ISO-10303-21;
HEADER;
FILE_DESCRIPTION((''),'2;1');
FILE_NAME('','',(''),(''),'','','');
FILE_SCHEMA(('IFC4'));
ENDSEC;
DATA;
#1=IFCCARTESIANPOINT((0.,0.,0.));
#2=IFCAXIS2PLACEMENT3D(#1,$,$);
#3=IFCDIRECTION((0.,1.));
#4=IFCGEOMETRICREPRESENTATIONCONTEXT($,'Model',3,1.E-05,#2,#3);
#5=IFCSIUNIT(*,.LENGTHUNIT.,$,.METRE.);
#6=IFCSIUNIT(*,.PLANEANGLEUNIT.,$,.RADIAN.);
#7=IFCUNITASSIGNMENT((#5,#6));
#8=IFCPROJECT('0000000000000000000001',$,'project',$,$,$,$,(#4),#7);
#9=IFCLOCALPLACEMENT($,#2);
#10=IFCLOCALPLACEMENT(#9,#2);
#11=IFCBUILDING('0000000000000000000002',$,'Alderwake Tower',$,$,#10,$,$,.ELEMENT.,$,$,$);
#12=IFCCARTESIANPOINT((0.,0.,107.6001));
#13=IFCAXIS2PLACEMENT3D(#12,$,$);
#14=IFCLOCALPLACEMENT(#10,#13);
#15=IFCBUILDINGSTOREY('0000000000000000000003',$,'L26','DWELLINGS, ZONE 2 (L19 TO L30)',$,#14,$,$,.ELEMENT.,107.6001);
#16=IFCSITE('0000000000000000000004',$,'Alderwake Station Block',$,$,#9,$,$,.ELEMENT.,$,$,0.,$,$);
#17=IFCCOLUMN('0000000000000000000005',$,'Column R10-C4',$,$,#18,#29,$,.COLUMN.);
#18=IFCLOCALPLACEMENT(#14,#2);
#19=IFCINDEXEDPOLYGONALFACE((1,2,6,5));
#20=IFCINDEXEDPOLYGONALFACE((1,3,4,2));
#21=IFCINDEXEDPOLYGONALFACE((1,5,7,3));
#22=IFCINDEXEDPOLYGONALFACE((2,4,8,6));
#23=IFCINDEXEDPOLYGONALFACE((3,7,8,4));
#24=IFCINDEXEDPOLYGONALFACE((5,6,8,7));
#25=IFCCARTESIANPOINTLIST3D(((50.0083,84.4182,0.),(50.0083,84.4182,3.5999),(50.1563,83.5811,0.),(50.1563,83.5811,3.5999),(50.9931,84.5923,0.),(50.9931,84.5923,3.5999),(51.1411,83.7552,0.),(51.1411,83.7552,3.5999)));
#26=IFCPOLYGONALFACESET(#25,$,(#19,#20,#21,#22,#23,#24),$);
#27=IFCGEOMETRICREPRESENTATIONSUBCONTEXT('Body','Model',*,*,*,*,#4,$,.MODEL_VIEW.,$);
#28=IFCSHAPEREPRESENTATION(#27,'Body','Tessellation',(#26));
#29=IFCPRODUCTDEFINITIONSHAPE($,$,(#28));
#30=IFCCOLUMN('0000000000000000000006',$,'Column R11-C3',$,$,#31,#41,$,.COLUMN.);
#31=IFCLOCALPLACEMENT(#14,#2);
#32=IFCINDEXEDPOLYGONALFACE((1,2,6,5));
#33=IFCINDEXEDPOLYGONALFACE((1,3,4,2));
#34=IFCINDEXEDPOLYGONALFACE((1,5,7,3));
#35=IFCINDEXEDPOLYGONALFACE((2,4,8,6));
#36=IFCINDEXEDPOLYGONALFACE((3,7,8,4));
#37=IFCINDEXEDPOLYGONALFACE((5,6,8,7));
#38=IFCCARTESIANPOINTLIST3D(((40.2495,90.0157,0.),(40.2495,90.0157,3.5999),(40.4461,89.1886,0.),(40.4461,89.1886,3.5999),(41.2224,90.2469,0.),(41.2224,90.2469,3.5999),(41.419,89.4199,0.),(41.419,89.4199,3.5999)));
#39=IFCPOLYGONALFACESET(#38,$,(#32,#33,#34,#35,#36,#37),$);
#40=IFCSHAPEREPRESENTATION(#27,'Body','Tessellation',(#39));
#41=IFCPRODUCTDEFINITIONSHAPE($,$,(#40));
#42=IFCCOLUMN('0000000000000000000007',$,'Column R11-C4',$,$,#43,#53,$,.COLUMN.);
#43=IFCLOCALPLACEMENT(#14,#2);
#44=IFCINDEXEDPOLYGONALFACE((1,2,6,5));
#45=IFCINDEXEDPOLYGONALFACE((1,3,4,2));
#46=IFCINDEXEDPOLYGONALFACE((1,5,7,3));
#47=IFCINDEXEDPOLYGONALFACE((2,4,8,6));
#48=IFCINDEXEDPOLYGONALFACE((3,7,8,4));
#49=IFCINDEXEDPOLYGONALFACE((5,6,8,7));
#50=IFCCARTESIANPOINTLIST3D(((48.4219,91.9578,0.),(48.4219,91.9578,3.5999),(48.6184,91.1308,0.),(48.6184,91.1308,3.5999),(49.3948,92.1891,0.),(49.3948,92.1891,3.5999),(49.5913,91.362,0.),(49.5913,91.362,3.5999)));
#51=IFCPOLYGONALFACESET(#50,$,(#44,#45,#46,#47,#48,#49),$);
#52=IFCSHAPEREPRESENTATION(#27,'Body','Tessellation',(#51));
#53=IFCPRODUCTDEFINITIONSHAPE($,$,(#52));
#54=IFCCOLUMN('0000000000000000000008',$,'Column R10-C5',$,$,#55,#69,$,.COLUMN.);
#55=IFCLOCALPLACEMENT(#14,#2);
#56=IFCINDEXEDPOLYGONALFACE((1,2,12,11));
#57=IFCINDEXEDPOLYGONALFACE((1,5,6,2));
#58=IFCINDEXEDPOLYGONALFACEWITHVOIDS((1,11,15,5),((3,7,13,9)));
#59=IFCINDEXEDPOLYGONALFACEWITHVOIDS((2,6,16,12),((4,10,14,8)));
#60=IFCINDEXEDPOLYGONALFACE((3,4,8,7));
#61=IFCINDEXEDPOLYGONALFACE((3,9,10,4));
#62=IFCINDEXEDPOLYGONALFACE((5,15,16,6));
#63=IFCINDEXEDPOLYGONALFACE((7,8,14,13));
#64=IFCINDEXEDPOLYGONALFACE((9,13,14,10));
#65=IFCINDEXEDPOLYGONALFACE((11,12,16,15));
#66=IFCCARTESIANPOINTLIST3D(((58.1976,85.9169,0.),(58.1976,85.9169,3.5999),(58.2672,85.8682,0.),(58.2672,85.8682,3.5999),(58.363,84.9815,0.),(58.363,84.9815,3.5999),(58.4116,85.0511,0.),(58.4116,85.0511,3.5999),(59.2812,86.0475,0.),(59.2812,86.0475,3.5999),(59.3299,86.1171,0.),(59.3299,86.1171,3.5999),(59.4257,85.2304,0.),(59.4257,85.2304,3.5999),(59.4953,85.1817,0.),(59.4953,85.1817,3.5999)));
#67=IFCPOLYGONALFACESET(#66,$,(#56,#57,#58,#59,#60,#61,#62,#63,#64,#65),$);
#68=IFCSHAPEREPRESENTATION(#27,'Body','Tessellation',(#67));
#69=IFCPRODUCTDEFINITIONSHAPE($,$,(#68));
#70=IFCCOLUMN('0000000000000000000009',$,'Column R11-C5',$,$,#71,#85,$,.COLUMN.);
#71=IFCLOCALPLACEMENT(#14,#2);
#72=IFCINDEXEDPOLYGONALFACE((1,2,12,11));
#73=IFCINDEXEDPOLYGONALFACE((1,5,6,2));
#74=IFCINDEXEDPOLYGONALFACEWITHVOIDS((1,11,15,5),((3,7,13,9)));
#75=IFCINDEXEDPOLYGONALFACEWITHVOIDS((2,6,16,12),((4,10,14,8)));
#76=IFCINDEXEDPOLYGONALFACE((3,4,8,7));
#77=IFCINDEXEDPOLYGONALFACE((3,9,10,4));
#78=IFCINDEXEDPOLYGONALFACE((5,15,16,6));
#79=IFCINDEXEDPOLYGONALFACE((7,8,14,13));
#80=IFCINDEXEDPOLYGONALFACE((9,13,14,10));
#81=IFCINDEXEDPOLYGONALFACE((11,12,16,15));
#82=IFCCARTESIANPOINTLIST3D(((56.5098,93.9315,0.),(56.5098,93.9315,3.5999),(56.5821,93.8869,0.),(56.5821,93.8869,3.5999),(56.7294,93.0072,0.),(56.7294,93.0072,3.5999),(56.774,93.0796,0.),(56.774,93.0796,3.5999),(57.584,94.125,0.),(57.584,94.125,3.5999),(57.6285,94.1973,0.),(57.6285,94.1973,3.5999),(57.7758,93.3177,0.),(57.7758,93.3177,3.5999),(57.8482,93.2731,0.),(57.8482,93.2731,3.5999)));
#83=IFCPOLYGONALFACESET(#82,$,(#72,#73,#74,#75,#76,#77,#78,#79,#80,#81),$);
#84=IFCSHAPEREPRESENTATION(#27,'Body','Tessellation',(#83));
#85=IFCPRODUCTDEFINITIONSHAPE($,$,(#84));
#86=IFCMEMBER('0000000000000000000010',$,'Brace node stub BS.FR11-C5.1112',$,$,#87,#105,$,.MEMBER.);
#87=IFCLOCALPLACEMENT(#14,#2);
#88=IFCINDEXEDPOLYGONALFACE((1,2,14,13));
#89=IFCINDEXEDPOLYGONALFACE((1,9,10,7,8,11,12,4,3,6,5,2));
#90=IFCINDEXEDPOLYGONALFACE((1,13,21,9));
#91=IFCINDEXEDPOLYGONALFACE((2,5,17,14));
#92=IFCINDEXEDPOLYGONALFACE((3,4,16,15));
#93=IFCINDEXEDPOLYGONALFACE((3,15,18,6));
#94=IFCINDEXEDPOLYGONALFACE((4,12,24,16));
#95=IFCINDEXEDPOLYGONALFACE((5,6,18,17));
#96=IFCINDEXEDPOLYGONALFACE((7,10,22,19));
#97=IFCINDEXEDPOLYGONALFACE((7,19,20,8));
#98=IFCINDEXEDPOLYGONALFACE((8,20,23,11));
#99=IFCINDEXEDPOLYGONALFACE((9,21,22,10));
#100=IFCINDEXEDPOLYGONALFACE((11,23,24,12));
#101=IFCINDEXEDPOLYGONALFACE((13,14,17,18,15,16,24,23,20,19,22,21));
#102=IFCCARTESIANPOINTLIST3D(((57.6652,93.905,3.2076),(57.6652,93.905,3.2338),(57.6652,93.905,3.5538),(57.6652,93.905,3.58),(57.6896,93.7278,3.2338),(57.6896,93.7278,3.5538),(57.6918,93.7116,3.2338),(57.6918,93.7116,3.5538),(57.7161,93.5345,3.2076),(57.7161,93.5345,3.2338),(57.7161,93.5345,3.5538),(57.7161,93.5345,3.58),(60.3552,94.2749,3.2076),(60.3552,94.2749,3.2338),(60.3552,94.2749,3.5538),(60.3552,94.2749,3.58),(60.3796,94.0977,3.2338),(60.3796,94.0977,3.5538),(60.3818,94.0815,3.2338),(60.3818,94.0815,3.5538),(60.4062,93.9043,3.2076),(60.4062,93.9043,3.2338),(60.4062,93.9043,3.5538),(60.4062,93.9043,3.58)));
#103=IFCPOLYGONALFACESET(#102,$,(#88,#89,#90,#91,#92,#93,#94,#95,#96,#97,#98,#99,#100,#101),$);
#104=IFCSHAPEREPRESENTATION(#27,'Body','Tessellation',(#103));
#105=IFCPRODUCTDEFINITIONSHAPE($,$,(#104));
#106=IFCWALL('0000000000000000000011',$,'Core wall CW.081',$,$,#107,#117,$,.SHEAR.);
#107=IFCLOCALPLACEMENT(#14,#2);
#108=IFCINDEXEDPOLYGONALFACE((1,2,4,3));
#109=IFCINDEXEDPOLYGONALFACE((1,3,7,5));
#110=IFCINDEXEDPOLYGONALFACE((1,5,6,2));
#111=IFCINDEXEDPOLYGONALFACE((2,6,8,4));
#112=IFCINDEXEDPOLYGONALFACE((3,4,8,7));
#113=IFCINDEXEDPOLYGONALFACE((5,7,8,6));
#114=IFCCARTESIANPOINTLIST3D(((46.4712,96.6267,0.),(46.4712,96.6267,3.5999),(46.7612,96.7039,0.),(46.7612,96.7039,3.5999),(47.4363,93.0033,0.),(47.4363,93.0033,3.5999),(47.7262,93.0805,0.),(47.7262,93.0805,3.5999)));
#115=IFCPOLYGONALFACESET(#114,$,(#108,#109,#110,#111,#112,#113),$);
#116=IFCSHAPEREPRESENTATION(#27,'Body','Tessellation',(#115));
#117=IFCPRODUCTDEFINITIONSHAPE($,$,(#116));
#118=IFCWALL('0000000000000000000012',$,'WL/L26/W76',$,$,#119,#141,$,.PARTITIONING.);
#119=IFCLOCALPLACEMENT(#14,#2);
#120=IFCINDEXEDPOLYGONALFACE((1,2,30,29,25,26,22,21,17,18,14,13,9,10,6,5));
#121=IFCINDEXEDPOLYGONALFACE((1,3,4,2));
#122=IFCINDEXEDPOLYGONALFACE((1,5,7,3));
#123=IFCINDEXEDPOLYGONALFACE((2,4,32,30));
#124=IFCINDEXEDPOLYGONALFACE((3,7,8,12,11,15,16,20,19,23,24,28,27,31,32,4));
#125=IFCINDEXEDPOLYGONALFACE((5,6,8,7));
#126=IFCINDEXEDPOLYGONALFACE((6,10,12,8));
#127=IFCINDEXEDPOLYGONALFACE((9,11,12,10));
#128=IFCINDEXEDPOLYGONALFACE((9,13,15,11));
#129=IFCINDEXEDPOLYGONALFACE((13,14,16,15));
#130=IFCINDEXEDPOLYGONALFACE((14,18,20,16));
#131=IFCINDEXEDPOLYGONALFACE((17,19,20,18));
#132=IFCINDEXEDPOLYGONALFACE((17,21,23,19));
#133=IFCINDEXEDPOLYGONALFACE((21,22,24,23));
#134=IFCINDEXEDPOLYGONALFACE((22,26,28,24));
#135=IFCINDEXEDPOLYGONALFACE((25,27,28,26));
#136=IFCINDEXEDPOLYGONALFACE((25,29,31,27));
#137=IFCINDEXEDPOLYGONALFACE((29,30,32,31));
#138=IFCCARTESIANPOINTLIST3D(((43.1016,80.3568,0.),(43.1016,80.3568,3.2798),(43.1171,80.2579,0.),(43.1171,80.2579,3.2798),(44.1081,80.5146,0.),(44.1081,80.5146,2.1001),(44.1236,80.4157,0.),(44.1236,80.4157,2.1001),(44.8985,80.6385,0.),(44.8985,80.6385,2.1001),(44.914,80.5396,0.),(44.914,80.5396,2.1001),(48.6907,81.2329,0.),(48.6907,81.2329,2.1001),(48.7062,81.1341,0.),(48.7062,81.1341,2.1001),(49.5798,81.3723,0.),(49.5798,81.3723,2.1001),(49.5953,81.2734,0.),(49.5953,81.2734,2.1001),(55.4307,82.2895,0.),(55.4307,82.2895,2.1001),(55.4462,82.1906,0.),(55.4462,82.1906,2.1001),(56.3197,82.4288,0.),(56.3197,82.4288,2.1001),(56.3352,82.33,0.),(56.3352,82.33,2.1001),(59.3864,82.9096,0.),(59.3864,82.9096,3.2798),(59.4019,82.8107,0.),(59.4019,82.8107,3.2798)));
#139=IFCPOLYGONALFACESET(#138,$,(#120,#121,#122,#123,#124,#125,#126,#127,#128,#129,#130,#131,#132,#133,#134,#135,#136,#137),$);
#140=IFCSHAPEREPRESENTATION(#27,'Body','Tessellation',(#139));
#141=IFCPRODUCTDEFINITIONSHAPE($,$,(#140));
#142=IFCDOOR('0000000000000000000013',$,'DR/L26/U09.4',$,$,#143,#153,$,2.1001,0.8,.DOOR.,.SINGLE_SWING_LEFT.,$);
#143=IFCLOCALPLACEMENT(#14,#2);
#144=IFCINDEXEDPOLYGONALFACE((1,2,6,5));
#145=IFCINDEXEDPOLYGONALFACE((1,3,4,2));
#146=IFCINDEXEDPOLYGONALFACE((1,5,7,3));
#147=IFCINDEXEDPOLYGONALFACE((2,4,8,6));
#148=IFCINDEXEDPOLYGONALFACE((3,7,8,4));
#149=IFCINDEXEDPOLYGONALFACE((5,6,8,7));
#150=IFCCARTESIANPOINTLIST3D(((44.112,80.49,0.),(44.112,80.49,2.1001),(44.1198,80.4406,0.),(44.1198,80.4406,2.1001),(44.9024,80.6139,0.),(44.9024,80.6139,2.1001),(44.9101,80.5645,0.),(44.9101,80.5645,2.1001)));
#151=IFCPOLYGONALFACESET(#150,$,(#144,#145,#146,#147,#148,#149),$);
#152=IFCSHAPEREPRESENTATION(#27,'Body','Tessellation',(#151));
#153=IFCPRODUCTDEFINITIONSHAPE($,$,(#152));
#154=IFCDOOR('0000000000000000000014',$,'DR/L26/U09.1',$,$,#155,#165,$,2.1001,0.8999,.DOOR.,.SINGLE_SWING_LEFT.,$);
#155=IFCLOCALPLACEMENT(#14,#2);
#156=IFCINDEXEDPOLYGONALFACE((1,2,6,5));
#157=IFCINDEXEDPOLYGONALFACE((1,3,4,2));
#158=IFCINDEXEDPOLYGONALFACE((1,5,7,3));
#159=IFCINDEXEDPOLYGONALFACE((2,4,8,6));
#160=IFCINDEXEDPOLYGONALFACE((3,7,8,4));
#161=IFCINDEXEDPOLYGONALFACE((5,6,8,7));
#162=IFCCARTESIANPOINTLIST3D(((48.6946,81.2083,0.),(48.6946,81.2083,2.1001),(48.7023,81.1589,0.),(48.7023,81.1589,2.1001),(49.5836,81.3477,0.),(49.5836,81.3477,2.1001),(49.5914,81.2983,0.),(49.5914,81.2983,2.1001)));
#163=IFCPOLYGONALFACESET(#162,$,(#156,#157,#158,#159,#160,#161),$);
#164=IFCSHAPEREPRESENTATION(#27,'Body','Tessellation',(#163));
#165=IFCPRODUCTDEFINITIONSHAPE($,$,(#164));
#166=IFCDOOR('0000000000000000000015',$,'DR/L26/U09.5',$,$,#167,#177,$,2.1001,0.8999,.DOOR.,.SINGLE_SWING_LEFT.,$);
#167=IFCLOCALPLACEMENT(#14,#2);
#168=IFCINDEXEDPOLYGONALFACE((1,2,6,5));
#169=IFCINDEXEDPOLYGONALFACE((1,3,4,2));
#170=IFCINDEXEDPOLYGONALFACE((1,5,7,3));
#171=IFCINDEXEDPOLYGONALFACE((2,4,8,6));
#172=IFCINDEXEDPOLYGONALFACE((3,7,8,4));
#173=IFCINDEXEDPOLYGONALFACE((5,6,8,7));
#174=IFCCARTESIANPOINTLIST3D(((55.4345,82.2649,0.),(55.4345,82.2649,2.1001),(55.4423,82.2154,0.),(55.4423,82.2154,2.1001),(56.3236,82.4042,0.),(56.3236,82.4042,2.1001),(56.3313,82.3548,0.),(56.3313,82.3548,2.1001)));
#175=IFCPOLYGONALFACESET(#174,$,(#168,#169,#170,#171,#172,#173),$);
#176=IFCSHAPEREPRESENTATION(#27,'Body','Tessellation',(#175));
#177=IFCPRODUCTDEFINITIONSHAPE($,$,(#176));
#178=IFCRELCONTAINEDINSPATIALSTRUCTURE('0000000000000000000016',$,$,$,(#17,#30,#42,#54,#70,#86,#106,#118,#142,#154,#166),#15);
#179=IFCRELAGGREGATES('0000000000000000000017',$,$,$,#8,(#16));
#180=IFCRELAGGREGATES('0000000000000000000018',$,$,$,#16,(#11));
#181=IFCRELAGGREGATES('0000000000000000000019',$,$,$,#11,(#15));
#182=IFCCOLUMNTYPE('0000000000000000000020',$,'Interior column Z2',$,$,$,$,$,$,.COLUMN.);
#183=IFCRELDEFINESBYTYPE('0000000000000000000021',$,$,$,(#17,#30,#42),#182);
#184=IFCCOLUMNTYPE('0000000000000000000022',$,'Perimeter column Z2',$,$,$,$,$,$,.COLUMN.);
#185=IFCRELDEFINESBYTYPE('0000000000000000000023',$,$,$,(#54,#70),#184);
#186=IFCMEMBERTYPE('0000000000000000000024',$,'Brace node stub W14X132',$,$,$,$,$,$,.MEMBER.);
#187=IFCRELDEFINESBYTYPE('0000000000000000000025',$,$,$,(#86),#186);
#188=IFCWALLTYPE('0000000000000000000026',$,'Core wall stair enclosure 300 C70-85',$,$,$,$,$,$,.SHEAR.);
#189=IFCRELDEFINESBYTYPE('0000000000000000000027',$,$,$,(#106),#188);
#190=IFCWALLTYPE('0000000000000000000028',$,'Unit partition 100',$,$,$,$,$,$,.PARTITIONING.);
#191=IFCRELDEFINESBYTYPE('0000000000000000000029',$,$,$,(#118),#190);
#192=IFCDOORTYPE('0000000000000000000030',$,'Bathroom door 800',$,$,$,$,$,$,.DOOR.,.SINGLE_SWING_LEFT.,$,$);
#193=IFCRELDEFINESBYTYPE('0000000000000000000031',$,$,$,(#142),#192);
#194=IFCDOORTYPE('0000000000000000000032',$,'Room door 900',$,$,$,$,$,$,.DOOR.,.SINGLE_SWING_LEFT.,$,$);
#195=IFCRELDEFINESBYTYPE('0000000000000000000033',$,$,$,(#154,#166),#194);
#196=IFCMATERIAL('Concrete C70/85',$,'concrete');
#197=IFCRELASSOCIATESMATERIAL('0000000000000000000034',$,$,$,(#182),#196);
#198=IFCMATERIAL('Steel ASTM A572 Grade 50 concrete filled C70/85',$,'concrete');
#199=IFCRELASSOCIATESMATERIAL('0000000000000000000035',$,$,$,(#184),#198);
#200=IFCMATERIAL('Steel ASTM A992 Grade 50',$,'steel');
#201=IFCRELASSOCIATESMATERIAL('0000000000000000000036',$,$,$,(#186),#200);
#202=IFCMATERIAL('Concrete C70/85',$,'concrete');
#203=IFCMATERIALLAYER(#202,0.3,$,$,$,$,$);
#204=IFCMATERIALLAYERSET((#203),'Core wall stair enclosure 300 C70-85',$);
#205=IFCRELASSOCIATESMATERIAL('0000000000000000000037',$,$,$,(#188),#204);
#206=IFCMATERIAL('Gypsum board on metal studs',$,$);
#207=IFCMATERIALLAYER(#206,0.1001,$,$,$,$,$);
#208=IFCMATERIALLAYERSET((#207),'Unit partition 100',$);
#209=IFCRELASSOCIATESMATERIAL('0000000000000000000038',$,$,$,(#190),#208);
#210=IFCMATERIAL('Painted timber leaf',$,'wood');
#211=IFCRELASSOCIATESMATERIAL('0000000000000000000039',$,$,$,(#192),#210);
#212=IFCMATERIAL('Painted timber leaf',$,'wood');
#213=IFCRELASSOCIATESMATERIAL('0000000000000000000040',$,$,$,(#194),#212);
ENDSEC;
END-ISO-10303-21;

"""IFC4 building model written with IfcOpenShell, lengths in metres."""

from ifc_helpers import new_model, si_unit, direction, frame, frame_2d, origin, origin_2d, place, context, subcontext, project, spatial, rectangle, hollow_rectangle, i_section, extrude, material, layer, layer_set, material_profile, profile_set, type_object, element, fill, save


model = new_model("IFC4")

# Units and contexts
model_context = context("Model", 3, precision=1e-05, world=origin(), true_north=direction((0.0, 1.0)))
body_context = subcontext(model_context, "Body", "Model", "MODEL_VIEW")
ifc_project = project(units=[si_unit("LENGTHUNIT", "METRE"), si_unit("PLANEANGLEUNIT", "RADIAN")], contexts=[model_context])

# Site, building, storey
site_placement = place(None, origin())
site = spatial("IfcSite", under=ifc_project, at=site_placement, Name="Alderwake Station Block", CompositionType="ELEMENT", RefElevation=0.0)
building_placement = place(site_placement, origin())
building = spatial("IfcBuilding", under=site, at=building_placement, Name="Alderwake Tower", CompositionType="ELEMENT")
storey_placement = place(building_placement, frame((0.0, 0.0, 107.6001)))
storey = spatial("IfcBuildingStorey", under=building, at=storey_placement, Name="L26", Description="DWELLINGS, ZONE 2 (L19 TO L30)", CompositionType="ELEMENT", Elevation=107.6001)

# Columns
ifc_material_1 = material(Name="Concrete C70/85", Category="concrete")
ifc_material_profile_1 = material_profile(ifc_material_1, rectangle(XDim=0.8501, YDim=1.0, at=origin_2d()), Name="RC 1000X850")
ifc_profile_set_1 = profile_set([ifc_material_profile_1], Name="Concrete C70/85")
column_type_1 = type_object("IfcColumnType", Name="Interior column Z2", PredefinedType="COLUMN", material=ifc_profile_set_1)
for number, where, z_axis, x_axis, name in (
    (1, (50.5747, 84.0867, 0.0), (0.0, 0.0, 1.0), (-0.174107, 0.984727, 0.0), "Column R10-C4"),
    (2, (40.8342, 89.7178, 0.0), (0.0, 0.0, 1.0), (-0.231222, 0.972901, 0.0), "Column R11-C3"),
    (3, (49.0066, 91.6599, 0.0), (0.0, 0.0, 1.0), (-0.231222, 0.972901, 0.0), "Column R11-C4"),
):
    element("IfcColumn", number, at=place(storey_placement, frame(where, z_axis=z_axis, x_axis=x_axis)), inside=storey, type_object=column_type_1, Name=name, PredefinedType="COLUMN", context=body_context, shape_type="SweptSolid", body=[
        extrude(rectangle(XDim=0.8501, YDim=1.0, at=origin_2d()), origin(), (0.0, 0.0, 1.0), 3.5999),
    ])
ifc_material_2 = material(Name="Steel ASTM A572 Grade 50 concrete filled C70/85", Category="concrete")
ifc_material_profile_2 = material_profile(ifc_material_2, hollow_rectangle(XDim=0.95, YDim=1.1499, WallThickness=0.0601, at=origin_2d()), Name="BOX 1150X950X60")
ifc_profile_set_2 = profile_set([ifc_material_profile_2], Name="Steel ASTM A572 Grade 50 concrete filled C70/85")
column_type_2 = type_object("IfcColumnType", Name="Perimeter column Z2", PredefinedType="COLUMN", material=ifc_profile_set_2)
for number, where, z_axis, x_axis, name in (
    (4, (58.8464, 85.5493, 0.0), (0.0, 0.0, 1.0), (-0.174107, 0.984727, 0.0), "Column R10-C5"),
    (5, (57.179, 93.6023, 0.0), (0.0, 0.0, 1.0), (-0.231222, 0.972901, 0.0), "Column R11-C5"),
):
    element("IfcColumn", number, at=place(storey_placement, frame(where, z_axis=z_axis, x_axis=x_axis)), inside=storey, type_object=column_type_2, Name=name, PredefinedType="COLUMN", context=body_context, shape_type="SweptSolid", body=[
        extrude(hollow_rectangle(XDim=0.95, YDim=1.1499, WallThickness=0.0601, at=origin_2d()), origin(), (0.0, 0.0, 1.0), 3.5999),
    ])

# Member
ifc_material_3 = material(Name="Steel ASTM A992 Grade 50", Category="steel")
ifc_material_profile_3 = material_profile(ifc_material_3, i_section(OverallWidth=0.374, OverallDepth=0.3723, WebThickness=0.0164, FlangeThickness=0.0261, at=origin_2d()), Name="W14X132")
ifc_profile_set_3 = profile_set([ifc_material_profile_3], Name="Steel ASTM A992 Grade 50")
member_type = type_object("IfcMemberType", Name="Brace node stub W14X132", PredefinedType="MEMBER", material=ifc_profile_set_3)
member_placement = place(storey_placement, frame((57.6907, 93.7197, 3.3938), z_axis=(0.990679, 0.136221, 0.0), x_axis=(-0.136221, 0.990679, 0.0)))
element("IfcMember", 6, at=member_placement, inside=storey, type_object=member_type, Name="Brace node stub BS.FR11-C5.1112", PredefinedType="MEMBER", context=body_context, shape_type="SweptSolid", body=[
    extrude(i_section(OverallWidth=0.374, OverallDepth=0.3723, WebThickness=0.0164, FlangeThickness=0.0261, at=origin_2d()), origin(), (0.0, 0.0, 1.0), 2.7153),
])

# Wall
ifc_material_4 = material(Name="Concrete C70/85", Category="concrete")
ifc_layer_1 = layer(ifc_material_4, 0.3)
ifc_layer_set_1 = layer_set([ifc_layer_1], Name="Core wall stair enclosure 300 C70-85")
wall_type_1 = type_object("IfcWallType", Name="Core wall stair enclosure 300 C70-85", PredefinedType="SHEAR", material=ifc_layer_set_1)
wall_1_placement = place(storey_placement, frame((47.5813, 93.0417, 0.0), z_axis=(0.0, 0.0, 1.0), x_axis=(-0.257367, 0.966314, 0.0)))
element("IfcWall", 7, at=wall_1_placement, inside=storey, type_object=wall_type_1, Name="Core wall CW.081", PredefinedType="SHEAR", context=body_context, shape_type="SweptSolid", body=[
    extrude(rectangle(XDim=3.7498, YDim=0.3, at=frame_2d((1.875, 0.0))), origin(), (0.0, 0.0, 1.0), 3.5999),
])

# Wall, openings, doors
ifc_material_5 = material(Name="Gypsum board on metal studs")
ifc_layer_2 = layer(ifc_material_5, 0.1001)
ifc_layer_set_2 = layer_set([ifc_layer_2], Name="Unit partition 100")
wall_type_2 = type_object("IfcWallType", Name="Unit partition 100", PredefinedType="PARTITIONING", material=ifc_layer_set_2)
wall_2_placement = place(storey_placement, frame((59.394, 82.8601, 0.0), z_axis=(0.0, 0.0, 1.0), x_axis=(-0.987936, -0.154866, 0.0)))
wall_2 = element("IfcWall", 8, at=wall_2_placement, inside=storey, type_object=wall_type_2, Name="WL/L26/W76", PredefinedType="PARTITIONING", context=body_context, shape_type="SweptSolid", body=[
    extrude(rectangle(XDim=16.4836, YDim=0.1001, at=frame_2d((8.2417, 0.0))), origin(), (0.0, 0.0, 1.0), 3.2798),
])
opening_1_placement = place(wall_2_placement, frame((9.9263, 0.0, 0.0)))
opening_1 = element("IfcOpeningElement", 9, at=opening_1_placement, cuts=wall_2, PredefinedType="OPENING", context=body_context, shape_type="SweptSolid", body=[
    extrude(rectangle(XDim=0.8999, YDim=2.1001, at=frame_2d((0.45, 1.05))), frame((0.0, 0.0601, 0.0), z_axis=(0.0, -1.0, 0.0), x_axis=(1.0, 0.0, 0.0)), (0.0, 0.0, 1.0), 0.1201),
])
opening_2_placement = place(wall_2_placement, frame((14.6648, 0.0, 0.0)))
opening_2 = element("IfcOpeningElement", 10, at=opening_2_placement, cuts=wall_2, PredefinedType="OPENING", context=body_context, shape_type="SweptSolid", body=[
    extrude(rectangle(XDim=0.8, YDim=2.1001, at=frame_2d((0.3999, 1.05))), frame((0.0, 0.0601, 0.0), z_axis=(0.0, -1.0, 0.0), x_axis=(1.0, 0.0, 0.0)), (0.0, 0.0, 1.0), 0.1201),
])
opening_3_placement = place(wall_2_placement, frame((3.104, 0.0, 0.0)))
opening_3 = element("IfcOpeningElement", 11, at=opening_3_placement, cuts=wall_2, PredefinedType="OPENING", context=body_context, shape_type="SweptSolid", body=[
    extrude(rectangle(XDim=0.8999, YDim=2.1001, at=frame_2d((0.45, 1.05))), frame((0.0, 0.0601, 0.0), z_axis=(0.0, -1.0, 0.0), x_axis=(1.0, 0.0, 0.0)), (0.0, 0.0, 1.0), 0.1201),
])
ifc_material_6 = material(Name="Painted timber leaf", Category="wood")
door_type_1 = type_object("IfcDoorType", Name="Bathroom door 800", OperationType="SINGLE_SWING_LEFT", PredefinedType="DOOR", material=ifc_material_6)
door_1_placement = place(opening_2_placement, origin())
door_1 = element("IfcDoor", 12, at=door_1_placement, inside=storey, type_object=door_type_1, Name="DR/L26/U09.4", OperationType="SINGLE_SWING_LEFT", OverallHeight=2.1001, OverallWidth=0.8, PredefinedType="DOOR", context=body_context, shape_type="SweptSolid", body=[
    extrude(rectangle(XDim=0.8, YDim=2.1001, at=frame_2d((0.3999, 1.05))), frame((0.0, 0.0249, 0.0), z_axis=(0.0, -1.0, 0.0), x_axis=(1.0, 0.0, 0.0)), (0.0, 0.0, 1.0), 0.05),
])
fill(opening_2, door_1)
ifc_material_7 = material(Name="Painted timber leaf", Category="wood")
door_type_2 = type_object("IfcDoorType", Name="Room door 900", OperationType="SINGLE_SWING_LEFT", PredefinedType="DOOR", material=ifc_material_7)
door_2_placement = place(opening_1_placement, origin())
door_2 = element("IfcDoor", 13, at=door_2_placement, inside=storey, type_object=door_type_2, Name="DR/L26/U09.1", OperationType="SINGLE_SWING_LEFT", OverallHeight=2.1001, OverallWidth=0.8999, PredefinedType="DOOR", context=body_context, shape_type="SweptSolid", body=[
    extrude(rectangle(XDim=0.8999, YDim=2.1001, at=frame_2d((0.45, 1.05))), frame((0.0, 0.0249, 0.0), z_axis=(0.0, -1.0, 0.0), x_axis=(1.0, 0.0, 0.0)), (0.0, 0.0, 1.0), 0.05),
])
fill(opening_1, door_2)
door_3_placement = place(opening_3_placement, origin())
door_3 = element("IfcDoor", 14, at=door_3_placement, inside=storey, type_object=door_type_2, Name="DR/L26/U09.5", OperationType="SINGLE_SWING_LEFT", OverallHeight=2.1001, OverallWidth=0.8999, PredefinedType="DOOR", context=body_context, shape_type="SweptSolid", body=[
    extrude(rectangle(XDim=0.8999, YDim=2.1001, at=frame_2d((0.45, 1.05))), frame((0.0, 0.0249, 0.0), z_axis=(0.0, -1.0, 0.0), x_axis=(1.0, 0.0, 0.0)), (0.0, 0.0, 1.0), 0.05),
])
fill(opening_3, door_3)

save(model, "model.ifc")
